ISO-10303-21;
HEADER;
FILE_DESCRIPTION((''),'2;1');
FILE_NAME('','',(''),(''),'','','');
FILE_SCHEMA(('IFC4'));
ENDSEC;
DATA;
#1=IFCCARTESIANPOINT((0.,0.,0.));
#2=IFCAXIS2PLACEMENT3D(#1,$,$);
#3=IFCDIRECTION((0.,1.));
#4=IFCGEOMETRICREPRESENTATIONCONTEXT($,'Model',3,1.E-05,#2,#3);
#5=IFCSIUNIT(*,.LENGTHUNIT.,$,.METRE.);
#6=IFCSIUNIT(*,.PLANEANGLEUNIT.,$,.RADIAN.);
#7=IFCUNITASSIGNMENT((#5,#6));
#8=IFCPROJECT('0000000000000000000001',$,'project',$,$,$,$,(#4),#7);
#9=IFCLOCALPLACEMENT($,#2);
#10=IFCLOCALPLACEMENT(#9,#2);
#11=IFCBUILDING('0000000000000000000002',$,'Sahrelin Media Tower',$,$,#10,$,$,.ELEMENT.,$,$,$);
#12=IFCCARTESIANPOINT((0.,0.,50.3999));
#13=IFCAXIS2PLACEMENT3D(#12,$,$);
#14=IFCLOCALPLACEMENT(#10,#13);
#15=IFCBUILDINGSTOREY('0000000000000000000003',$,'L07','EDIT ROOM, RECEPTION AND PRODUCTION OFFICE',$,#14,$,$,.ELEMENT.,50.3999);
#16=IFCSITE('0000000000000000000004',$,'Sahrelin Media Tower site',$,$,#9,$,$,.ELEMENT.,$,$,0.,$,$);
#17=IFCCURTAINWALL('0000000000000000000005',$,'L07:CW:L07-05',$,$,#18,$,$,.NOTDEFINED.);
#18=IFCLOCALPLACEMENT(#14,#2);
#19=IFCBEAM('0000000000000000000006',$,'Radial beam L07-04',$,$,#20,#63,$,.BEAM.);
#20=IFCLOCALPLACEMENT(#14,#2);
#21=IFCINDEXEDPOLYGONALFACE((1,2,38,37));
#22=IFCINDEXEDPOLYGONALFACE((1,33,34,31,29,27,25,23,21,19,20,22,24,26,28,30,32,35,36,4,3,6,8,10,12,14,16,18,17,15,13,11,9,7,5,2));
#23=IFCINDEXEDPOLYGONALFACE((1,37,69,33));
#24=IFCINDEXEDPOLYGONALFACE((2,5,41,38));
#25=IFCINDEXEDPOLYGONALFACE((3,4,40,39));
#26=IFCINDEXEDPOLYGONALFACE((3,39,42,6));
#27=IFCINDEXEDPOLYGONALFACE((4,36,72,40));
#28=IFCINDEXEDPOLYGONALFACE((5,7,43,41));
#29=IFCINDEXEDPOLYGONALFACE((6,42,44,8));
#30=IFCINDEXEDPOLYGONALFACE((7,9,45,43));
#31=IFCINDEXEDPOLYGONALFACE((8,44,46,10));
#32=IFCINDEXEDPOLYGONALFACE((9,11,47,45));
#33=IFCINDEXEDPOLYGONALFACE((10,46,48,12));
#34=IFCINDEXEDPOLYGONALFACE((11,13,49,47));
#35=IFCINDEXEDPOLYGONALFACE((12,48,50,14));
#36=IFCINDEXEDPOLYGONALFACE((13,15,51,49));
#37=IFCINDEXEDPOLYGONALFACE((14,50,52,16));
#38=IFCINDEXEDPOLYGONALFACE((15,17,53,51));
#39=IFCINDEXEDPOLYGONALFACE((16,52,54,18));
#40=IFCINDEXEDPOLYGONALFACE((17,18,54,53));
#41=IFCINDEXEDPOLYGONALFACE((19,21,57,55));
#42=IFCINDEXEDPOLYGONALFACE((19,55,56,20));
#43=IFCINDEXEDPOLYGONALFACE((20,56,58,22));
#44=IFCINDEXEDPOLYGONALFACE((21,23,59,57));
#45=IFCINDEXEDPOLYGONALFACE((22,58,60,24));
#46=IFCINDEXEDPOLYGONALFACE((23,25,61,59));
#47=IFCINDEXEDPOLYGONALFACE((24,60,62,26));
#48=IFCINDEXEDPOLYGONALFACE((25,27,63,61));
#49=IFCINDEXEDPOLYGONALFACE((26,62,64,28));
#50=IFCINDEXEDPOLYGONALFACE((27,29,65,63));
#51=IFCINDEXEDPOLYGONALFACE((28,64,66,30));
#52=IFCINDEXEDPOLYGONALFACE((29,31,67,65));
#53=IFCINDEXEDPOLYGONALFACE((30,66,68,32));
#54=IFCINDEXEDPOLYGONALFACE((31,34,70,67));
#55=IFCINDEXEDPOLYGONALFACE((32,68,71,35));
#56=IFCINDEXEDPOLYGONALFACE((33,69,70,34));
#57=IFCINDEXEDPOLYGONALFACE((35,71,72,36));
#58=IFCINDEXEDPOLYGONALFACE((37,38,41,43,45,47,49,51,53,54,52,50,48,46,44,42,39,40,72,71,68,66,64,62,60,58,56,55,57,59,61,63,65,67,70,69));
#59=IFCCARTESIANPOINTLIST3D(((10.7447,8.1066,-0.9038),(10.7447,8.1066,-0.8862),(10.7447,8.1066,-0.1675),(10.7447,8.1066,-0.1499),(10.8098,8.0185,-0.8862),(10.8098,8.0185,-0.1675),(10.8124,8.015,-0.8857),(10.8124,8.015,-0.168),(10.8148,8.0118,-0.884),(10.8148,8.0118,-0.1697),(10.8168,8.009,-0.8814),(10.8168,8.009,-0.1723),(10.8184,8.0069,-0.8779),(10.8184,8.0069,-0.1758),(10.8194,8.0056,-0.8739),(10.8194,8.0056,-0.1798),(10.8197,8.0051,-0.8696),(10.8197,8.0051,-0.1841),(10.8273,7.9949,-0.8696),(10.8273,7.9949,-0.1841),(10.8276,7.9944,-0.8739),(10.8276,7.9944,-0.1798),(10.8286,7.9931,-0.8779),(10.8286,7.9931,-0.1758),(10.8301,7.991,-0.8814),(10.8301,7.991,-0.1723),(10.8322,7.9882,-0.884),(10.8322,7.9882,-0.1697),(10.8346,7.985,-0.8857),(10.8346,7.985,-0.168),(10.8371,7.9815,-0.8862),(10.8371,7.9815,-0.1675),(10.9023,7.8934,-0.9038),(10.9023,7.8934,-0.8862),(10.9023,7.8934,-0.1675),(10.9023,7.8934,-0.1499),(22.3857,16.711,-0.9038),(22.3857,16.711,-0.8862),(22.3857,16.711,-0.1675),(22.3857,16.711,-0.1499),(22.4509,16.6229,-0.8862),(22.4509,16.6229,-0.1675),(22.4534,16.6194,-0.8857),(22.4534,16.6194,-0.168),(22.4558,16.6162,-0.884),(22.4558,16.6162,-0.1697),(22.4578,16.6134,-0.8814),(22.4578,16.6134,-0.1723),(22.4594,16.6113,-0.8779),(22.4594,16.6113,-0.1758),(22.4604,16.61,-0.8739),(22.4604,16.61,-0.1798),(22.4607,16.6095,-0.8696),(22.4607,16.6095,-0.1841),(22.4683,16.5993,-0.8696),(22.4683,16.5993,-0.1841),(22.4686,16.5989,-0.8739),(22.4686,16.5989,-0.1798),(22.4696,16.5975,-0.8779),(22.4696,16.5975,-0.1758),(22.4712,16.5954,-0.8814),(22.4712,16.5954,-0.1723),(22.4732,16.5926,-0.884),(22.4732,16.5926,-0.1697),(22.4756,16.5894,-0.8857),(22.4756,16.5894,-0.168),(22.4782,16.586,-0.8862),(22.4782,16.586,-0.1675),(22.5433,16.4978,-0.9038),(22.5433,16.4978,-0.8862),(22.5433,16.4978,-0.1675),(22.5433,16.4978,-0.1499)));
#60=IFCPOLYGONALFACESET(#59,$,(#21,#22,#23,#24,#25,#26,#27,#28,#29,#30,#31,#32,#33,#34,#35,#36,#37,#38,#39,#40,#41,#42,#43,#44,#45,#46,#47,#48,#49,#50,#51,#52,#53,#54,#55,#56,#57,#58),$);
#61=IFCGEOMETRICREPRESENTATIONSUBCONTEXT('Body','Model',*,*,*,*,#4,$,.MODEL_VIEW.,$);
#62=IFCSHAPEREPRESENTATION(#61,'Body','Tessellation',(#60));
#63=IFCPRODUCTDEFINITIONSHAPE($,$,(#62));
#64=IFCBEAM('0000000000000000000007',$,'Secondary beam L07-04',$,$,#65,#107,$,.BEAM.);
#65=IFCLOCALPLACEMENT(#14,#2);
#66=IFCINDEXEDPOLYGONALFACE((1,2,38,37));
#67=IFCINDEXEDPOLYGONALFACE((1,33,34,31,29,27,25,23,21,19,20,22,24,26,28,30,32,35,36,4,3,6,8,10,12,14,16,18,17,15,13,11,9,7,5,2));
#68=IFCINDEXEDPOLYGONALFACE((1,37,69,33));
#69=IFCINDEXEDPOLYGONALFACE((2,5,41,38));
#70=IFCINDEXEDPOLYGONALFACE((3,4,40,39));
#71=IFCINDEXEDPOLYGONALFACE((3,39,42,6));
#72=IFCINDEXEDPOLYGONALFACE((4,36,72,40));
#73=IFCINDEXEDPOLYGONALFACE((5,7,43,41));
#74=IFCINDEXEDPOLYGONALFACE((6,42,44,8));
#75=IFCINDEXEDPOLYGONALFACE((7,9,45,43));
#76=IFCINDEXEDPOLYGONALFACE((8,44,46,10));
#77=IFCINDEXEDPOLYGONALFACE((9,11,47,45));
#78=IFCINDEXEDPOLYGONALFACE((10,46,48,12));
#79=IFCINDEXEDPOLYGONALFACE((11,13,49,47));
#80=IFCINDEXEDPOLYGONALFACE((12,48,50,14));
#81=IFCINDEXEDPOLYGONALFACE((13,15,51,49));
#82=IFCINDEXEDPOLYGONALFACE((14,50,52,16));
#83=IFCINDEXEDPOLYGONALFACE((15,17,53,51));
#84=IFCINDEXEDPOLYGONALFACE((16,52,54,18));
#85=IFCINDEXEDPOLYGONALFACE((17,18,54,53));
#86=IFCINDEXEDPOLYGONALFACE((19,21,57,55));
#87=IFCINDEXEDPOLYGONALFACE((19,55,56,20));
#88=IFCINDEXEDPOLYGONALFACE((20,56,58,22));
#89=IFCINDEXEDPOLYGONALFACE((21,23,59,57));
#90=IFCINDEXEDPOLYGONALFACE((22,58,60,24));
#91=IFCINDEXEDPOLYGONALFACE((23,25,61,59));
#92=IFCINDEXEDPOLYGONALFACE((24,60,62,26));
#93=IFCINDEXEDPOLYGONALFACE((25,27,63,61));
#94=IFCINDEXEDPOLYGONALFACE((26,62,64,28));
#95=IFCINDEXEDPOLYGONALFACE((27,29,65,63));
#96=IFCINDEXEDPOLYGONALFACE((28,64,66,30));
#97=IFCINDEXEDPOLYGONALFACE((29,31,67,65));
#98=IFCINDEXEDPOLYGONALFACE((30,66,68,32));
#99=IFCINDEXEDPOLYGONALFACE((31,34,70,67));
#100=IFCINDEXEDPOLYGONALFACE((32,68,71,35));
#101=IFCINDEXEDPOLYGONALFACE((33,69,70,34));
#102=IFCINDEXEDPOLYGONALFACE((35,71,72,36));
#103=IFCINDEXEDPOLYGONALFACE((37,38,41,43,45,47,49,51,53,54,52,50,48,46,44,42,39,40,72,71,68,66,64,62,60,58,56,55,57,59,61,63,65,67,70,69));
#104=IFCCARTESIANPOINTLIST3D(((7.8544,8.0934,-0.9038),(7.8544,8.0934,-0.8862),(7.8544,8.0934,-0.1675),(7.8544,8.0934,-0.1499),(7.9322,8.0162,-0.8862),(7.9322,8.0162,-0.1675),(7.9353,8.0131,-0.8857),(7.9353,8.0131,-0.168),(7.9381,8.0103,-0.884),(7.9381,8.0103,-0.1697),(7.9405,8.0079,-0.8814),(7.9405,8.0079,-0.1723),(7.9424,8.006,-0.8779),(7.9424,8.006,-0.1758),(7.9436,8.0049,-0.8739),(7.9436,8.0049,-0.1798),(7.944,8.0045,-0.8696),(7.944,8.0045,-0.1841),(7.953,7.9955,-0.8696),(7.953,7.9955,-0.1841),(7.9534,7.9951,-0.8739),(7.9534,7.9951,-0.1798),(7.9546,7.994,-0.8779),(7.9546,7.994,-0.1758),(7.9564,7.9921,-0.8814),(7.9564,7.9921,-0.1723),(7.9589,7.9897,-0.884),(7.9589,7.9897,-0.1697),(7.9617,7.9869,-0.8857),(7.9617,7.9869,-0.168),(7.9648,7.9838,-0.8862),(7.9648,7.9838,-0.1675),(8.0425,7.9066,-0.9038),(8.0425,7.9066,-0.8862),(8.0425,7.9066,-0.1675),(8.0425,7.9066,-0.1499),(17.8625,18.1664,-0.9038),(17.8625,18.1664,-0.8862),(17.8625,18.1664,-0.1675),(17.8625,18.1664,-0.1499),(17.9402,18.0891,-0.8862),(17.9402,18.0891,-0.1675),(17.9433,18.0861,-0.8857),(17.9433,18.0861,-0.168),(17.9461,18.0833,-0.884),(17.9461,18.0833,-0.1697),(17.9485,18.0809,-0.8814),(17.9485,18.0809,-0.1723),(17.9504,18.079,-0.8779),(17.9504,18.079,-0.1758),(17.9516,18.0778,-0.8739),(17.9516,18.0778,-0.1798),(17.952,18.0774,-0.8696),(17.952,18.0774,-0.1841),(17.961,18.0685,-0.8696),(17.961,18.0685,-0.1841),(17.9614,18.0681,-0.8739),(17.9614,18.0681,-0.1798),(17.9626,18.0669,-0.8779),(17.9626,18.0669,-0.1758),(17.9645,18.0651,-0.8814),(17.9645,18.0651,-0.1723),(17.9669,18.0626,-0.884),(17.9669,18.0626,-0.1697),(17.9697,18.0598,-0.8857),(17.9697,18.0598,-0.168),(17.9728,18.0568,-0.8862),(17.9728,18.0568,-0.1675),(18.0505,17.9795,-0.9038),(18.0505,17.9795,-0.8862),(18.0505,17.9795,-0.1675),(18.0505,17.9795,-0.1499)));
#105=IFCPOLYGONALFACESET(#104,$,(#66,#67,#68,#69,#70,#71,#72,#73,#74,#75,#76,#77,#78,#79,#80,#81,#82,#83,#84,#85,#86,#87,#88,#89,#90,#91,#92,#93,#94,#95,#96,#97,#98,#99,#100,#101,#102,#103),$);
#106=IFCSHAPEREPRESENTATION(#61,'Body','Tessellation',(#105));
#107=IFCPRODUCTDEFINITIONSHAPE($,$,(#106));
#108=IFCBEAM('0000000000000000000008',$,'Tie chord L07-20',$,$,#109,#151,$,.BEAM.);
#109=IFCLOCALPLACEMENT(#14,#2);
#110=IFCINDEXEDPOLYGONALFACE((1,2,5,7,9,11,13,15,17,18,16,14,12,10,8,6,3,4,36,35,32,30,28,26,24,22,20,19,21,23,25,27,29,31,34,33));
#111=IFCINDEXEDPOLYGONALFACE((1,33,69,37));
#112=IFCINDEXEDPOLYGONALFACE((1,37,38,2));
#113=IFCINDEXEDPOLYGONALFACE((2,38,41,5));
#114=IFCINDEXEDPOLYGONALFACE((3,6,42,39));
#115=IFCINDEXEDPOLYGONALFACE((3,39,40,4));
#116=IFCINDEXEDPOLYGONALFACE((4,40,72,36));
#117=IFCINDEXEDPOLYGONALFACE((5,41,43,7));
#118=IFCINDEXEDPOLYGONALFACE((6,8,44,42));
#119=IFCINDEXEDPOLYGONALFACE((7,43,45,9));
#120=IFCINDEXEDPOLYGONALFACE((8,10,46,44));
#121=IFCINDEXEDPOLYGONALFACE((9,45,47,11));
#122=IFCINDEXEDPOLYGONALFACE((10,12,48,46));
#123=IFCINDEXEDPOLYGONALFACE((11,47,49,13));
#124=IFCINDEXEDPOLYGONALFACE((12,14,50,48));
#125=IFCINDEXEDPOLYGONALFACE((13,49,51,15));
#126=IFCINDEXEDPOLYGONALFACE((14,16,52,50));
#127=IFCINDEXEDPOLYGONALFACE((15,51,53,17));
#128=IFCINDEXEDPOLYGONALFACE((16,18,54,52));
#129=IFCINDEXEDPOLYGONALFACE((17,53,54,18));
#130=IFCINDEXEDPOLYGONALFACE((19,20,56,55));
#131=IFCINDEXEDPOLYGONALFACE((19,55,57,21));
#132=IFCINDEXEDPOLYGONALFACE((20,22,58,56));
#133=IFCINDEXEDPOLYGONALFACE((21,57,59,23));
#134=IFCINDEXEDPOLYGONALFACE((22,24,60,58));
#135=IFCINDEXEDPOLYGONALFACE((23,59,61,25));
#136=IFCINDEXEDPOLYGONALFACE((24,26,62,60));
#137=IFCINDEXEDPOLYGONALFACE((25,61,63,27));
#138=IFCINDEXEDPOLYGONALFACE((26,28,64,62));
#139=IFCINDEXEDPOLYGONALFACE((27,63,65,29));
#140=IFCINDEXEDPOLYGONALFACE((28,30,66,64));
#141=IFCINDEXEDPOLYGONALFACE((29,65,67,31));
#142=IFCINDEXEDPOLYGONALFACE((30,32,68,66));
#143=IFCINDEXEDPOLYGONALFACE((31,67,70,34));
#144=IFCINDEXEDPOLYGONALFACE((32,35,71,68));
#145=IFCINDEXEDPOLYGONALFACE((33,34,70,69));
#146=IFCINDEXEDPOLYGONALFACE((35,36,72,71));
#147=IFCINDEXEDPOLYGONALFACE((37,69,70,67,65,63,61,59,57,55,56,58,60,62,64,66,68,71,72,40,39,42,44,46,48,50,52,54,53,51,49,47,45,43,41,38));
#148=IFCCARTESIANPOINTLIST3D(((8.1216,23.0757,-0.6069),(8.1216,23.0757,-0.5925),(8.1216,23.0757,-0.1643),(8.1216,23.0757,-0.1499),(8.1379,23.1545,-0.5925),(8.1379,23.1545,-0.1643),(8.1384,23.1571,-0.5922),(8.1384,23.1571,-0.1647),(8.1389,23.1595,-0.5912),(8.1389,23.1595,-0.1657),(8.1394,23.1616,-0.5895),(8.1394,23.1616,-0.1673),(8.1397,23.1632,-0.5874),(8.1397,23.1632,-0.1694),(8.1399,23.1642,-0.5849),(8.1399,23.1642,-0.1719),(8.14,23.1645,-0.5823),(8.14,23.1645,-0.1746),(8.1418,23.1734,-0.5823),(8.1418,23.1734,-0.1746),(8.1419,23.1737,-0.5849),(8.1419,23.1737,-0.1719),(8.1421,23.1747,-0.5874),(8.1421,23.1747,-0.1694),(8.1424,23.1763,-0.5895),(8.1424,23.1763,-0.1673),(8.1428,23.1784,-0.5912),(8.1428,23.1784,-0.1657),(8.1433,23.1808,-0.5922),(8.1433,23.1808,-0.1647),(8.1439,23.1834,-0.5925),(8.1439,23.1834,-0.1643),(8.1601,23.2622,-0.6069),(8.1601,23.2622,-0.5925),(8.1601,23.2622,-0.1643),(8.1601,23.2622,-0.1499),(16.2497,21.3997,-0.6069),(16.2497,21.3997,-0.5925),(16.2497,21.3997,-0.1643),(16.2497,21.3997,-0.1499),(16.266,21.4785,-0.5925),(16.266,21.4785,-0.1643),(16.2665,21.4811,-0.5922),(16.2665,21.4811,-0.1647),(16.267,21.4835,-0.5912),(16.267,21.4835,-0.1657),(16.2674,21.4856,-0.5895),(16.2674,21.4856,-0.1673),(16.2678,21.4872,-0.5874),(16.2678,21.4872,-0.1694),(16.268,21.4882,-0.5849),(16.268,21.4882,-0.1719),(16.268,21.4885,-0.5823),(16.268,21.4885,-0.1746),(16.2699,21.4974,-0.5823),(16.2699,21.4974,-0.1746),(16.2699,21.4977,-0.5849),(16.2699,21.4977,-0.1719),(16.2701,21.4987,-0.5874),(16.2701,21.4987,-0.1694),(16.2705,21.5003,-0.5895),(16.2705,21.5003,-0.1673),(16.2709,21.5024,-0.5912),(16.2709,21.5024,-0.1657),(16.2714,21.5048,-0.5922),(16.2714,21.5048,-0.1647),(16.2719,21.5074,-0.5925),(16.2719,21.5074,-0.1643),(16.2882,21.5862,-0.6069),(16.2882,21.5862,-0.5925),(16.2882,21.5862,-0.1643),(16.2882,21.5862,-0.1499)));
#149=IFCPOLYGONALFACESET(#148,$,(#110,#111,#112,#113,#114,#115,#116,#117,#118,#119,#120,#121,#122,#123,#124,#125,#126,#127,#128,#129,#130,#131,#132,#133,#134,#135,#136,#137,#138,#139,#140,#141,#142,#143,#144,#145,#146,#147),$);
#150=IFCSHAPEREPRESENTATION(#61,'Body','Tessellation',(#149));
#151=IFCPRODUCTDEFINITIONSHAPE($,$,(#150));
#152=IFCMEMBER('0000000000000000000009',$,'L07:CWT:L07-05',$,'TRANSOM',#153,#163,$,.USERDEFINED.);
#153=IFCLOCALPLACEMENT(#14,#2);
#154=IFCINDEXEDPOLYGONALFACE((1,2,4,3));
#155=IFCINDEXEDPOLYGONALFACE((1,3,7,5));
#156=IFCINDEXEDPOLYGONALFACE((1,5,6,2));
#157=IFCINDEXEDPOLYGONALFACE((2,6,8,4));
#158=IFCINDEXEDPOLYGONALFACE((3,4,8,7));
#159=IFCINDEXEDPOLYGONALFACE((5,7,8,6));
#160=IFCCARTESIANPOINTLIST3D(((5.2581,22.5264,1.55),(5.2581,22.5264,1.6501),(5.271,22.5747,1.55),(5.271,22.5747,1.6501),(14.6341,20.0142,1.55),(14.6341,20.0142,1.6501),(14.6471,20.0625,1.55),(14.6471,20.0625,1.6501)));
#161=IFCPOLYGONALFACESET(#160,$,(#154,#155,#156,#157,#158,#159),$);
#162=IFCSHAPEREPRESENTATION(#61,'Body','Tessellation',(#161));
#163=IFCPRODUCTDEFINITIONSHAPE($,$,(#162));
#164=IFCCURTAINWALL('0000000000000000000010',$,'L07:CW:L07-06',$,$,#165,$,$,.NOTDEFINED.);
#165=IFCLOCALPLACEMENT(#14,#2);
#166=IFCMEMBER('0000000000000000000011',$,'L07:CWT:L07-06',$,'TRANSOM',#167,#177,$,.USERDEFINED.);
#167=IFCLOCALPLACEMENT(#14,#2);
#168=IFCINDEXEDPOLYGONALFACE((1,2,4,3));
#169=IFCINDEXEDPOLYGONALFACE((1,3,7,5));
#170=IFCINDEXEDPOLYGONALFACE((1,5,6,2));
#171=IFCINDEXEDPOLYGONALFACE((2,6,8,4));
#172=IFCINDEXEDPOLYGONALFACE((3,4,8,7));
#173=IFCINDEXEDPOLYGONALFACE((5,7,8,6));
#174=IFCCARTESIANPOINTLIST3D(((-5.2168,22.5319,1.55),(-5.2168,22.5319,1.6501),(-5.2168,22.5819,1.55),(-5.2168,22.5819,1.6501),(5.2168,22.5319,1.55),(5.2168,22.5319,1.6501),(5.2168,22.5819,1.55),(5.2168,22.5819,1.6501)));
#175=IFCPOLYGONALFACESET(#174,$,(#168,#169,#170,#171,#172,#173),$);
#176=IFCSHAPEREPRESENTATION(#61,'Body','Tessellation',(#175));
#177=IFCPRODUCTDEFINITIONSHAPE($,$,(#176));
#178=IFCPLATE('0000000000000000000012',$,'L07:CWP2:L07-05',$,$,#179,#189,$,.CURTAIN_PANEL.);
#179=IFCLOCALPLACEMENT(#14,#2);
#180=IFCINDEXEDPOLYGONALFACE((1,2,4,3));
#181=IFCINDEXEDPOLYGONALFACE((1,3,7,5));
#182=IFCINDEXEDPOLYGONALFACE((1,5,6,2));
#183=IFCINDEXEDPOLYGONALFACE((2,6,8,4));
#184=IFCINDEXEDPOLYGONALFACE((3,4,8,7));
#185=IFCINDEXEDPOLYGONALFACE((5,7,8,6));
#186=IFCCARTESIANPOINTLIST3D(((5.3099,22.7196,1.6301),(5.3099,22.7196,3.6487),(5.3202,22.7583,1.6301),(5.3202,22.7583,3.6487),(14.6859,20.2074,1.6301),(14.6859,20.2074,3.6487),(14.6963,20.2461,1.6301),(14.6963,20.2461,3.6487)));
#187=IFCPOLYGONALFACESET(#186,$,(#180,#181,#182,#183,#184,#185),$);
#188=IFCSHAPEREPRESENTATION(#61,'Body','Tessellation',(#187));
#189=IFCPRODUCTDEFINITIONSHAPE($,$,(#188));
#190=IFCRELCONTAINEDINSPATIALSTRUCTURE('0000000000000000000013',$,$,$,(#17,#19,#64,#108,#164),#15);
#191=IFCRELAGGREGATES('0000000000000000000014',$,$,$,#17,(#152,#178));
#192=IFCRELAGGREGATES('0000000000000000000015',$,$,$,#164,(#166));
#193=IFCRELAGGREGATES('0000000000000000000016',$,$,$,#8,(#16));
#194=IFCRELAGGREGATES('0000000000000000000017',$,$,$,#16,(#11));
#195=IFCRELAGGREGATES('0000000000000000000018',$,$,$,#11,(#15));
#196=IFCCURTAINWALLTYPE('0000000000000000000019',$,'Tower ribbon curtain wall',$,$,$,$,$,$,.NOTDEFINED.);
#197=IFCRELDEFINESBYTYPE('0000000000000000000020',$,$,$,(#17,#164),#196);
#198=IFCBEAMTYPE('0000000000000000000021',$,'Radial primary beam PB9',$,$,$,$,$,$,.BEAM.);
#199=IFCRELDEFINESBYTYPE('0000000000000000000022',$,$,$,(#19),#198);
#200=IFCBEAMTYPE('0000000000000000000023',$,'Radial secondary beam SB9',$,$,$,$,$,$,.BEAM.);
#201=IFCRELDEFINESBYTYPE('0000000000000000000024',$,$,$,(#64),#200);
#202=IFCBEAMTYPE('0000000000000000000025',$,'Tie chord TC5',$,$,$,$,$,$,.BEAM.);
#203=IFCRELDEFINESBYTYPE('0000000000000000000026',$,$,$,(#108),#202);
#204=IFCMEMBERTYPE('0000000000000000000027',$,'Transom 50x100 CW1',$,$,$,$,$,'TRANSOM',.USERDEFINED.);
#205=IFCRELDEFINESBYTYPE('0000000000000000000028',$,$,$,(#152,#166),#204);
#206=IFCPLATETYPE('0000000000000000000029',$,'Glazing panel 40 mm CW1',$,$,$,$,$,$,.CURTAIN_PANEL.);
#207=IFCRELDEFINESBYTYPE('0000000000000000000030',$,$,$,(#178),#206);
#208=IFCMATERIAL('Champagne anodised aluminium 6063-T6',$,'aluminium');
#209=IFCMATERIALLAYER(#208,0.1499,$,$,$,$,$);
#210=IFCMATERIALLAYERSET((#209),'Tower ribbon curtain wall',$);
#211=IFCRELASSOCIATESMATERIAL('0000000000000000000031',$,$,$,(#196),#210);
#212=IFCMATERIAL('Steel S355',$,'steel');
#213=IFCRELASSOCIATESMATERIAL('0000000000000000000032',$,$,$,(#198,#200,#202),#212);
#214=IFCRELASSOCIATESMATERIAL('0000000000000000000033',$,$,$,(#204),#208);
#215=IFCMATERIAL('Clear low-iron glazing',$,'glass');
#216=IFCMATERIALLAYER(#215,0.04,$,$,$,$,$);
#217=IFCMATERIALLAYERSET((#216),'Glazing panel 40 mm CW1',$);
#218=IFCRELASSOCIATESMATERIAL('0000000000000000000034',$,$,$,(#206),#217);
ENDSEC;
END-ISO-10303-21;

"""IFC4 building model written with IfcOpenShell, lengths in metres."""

from ifc_helpers import new_model, si_unit, direction, frame, origin, origin_2d, place, context, subcontext, project, spatial, polyline, rectangle, i_section, outline, extrude, material, layer, layer_set, material_profile, profile_set, type_object, element, aggregate, save


model = new_model("IFC4")

# Units and contexts
model_context = context("Model", 3, precision=1e-05, world=origin(), true_north=direction((0.0, 1.0)))
body_context = subcontext(model_context, "Body", "Model", "MODEL_VIEW")
ifc_project = project(units=[si_unit("LENGTHUNIT", "METRE"), si_unit("PLANEANGLEUNIT", "RADIAN")], contexts=[model_context])

# Site, building, storey
site_placement = place(None, origin())
site = spatial("IfcSite", under=ifc_project, at=site_placement, Name="Sahrelin Media Tower site", CompositionType="ELEMENT", RefElevation=0.0)
building_placement = place(site_placement, origin())
building = spatial("IfcBuilding", under=site, at=building_placement, Name="Sahrelin Media Tower", CompositionType="ELEMENT")
storey_placement = place(building_placement, frame((0.0, 0.0, 50.3999)))
storey = spatial("IfcBuildingStorey", under=building, at=storey_placement, Name="L07", Description="EDIT ROOM, RECEPTION AND PRODUCTION OFFICE", CompositionType="ELEMENT", Elevation=50.3999)

# Shared definitions
ifc_material_1 = material(Name="Steel S355", Category="steel")

# Curtain wall
ifc_material_2 = material(Name="Champagne anodised aluminium 6063-T6", Category="aluminium")
ifc_layer_1 = layer(ifc_material_2, 0.1499)
ifc_layer_set_1 = layer_set([ifc_layer_1], Name="Tower ribbon curtain wall")
curtain_wall_type = type_object("IfcCurtainWallType", Name="Tower ribbon curtain wall", PredefinedType="NOTDEFINED", material=ifc_layer_set_1)
curtain_wall_1_placement = place(storey_placement, frame((10.0032, 21.4829, 0.0), z_axis=(0.0, 0.0, 1.0), x_axis=(1.0, 0.0, 0.0)))
curtain_wall_1 = element("IfcCurtainWall", 1, at=curtain_wall_1_placement, inside=storey, type_object=curtain_wall_type, Name="L07:CW:L07-05", PredefinedType="NOTDEFINED")

# Beams
ifc_material_profile_1 = material_profile(ifc_material_1, i_section(OverallWidth=0.2651, OverallDepth=0.7539, WebThickness=0.0127, FlangeThickness=0.0176, FilletRadius=0.0166, at=origin_2d()), Name="UB 762x267x147")
ifc_profile_set_1 = profile_set([ifc_material_profile_1], Name="Steel S355")
beam_type_1 = type_object("IfcBeamType", Name="Radial primary beam PB9", PredefinedType="BEAM", material=ifc_profile_set_1)
beam_1_placement = place(storey_placement, frame((10.8235, 8.0, -0.5269), z_axis=(0.80417, 0.5944, 0.0), x_axis=(-0.5944, 0.80417, 0.0)))
element("IfcBeam", 2, at=beam_1_placement, inside=storey, type_object=beam_type_1, Name="Radial beam L07-04", PredefinedType="BEAM", context=body_context, shape_type="SweptSolid", body=[
    extrude(i_section(OverallWidth=0.2651, OverallDepth=0.7539, WebThickness=0.0127, FlangeThickness=0.0176, FilletRadius=0.0166, at=origin_2d()), origin(), (0.0, 0.0, 1.0), 14.4758),
])
ifc_material_profile_2 = material_profile(ifc_material_1, i_section(OverallWidth=0.2651, OverallDepth=0.7539, WebThickness=0.0127, FlangeThickness=0.0176, FilletRadius=0.0166, at=origin_2d()), Name="UB 762x267x147")
ifc_profile_set_2 = profile_set([ifc_material_profile_2], Name="Steel S355")
beam_type_2 = type_object("IfcBeamType", Name="Radial secondary beam SB9", PredefinedType="BEAM", material=ifc_profile_set_2)
beam_2_placement = place(storey_placement, frame((7.9485, 8.0, -0.5269), z_axis=(0.704816, 0.70939, 0.0), x_axis=(-0.70939, 0.704816, 0.0)))
element("IfcBeam", 3, at=beam_2_placement, inside=storey, type_object=beam_type_2, Name="Secondary beam L07-04", PredefinedType="BEAM", context=body_context, shape_type="SweptSolid", body=[
    extrude(i_section(OverallWidth=0.2651, OverallDepth=0.7539, WebThickness=0.0127, FlangeThickness=0.0176, FilletRadius=0.0166, at=origin_2d()), origin(), (0.0, 0.0, 1.0), 14.1995),
])
ifc_material_profile_3 = material_profile(ifc_material_1, i_section(OverallWidth=0.1904, OverallDepth=0.457, WebThickness=0.009, FlangeThickness=0.0144, FilletRadius=0.0103, at=origin_2d()), Name="UB 457x191x74")
ifc_profile_set_3 = profile_set([ifc_material_profile_3], Name="Steel S355")
beam_type_3 = type_object("IfcBeamType", Name="Tie chord TC5", PredefinedType="BEAM", material=ifc_profile_set_3)
beam_3_placement = place(storey_placement, frame((8.1409, 23.1689, -0.3784), z_axis=(0.979396, -0.201951, 0.0), x_axis=(0.201951, 0.979396, 0.0)))
element("IfcBeam", 4, at=beam_3_placement, inside=storey, type_object=beam_type_3, Name="Tie chord L07-20", PredefinedType="BEAM", context=body_context, shape_type="SweptSolid", body=[
    extrude(i_section(OverallWidth=0.1904, OverallDepth=0.457, WebThickness=0.009, FlangeThickness=0.0144, FilletRadius=0.0103, at=origin_2d()), origin(), (0.0, 0.0, 1.0), 8.2991),
])

# Member
ifc_material_profile_4 = material_profile(ifc_material_2, rectangle(XDim=0.05, YDim=0.1001, at=origin_2d()), Name="Transom 50x100")
ifc_profile_set_4 = profile_set([ifc_material_profile_4], Name="Champagne anodised aluminium 6063-T6")
member_type_1 = type_object("IfcMemberType", Name="Transom 50x100 CW1", ElementType="TRANSOM", PredefinedType="USERDEFINED", material=ifc_profile_set_4)
member_1_placement = place(storey_placement, frame((14.6406, 20.0383, 1.6001), z_axis=(-0.965928, 0.258812, 0.0), x_axis=(-0.258812, -0.965928, 0.0)))
member_1 = element("IfcMember", 5, at=member_1_placement, type_object=member_type_1, Name="L07:CWT:L07-05", ObjectType="TRANSOM", PredefinedType="USERDEFINED", context=body_context, shape_type="SweptSolid", body=[
    extrude(rectangle(XDim=0.05, YDim=0.1001, at=origin_2d()), origin(), (0.0, 0.0, 1.0), 9.7068),
])

# Curtain wall, member
placement_1 = place(storey_placement, frame((0.0, 22.7517, 0.0), z_axis=(0.0, 0.0, 1.0), x_axis=(1.0, 0.0, 0.0)))
curtain_wall_2 = element("IfcCurtainWall", 6, at=placement_1, inside=storey, type_object=curtain_wall_type, Name="L07:CW:L07-06", PredefinedType="NOTDEFINED")
member_2_placement = place(storey_placement, frame((5.2168, 22.5569, 1.6001), z_axis=(-1.0, 0.0, 0.0), x_axis=(0.0, -1.0, 0.0)))
member_2 = element("IfcMember", 7, at=member_2_placement, type_object=member_type_1, Name="L07:CWT:L07-06", ObjectType="TRANSOM", PredefinedType="USERDEFINED", context=body_context, shape_type="SweptSolid", body=[
    extrude(rectangle(XDim=0.05, YDim=0.1001, at=origin_2d()), origin(), (0.0, 0.0, 1.0), 10.4336),
])

# Plate
ifc_material_3 = material(Name="Clear low-iron glazing", Category="glass")
ifc_layer_2 = layer(ifc_material_3, 0.04)
ifc_layer_set_2 = layer_set([ifc_layer_2], Name="Glazing panel 40 mm CW1")
plate_type_1 = type_object("IfcPlateType", Name="Glazing panel 40 mm CW1", PredefinedType="CURTAIN_PANEL", material=ifc_layer_set_2)
plate_1_placement = place(storey_placement, frame((14.6963, 20.2461, 1.6301), z_axis=(0.258812, 0.965928, 0.0), x_axis=(-0.965928, 0.258812, 0.0)))
plate_1 = element("IfcPlate", 8, at=plate_1_placement, type_object=plate_type_1, Name="L07:CWP2:L07-05", PredefinedType="CURTAIN_PANEL", context=body_context, shape_type="SweptSolid", body=[
    extrude(outline(polyline([(0.0, 0.0), (9.7068, 0.0), (9.7068, 2.0186), (0.0, 2.0186), (0.0, 0.0)])), origin(), (0.0, 0.0, -1.0), 0.04),
])
aggregate(curtain_wall_1, [member_1, plate_1])
aggregate(curtain_wall_2, [member_2])

save(model, "model.ifc")
